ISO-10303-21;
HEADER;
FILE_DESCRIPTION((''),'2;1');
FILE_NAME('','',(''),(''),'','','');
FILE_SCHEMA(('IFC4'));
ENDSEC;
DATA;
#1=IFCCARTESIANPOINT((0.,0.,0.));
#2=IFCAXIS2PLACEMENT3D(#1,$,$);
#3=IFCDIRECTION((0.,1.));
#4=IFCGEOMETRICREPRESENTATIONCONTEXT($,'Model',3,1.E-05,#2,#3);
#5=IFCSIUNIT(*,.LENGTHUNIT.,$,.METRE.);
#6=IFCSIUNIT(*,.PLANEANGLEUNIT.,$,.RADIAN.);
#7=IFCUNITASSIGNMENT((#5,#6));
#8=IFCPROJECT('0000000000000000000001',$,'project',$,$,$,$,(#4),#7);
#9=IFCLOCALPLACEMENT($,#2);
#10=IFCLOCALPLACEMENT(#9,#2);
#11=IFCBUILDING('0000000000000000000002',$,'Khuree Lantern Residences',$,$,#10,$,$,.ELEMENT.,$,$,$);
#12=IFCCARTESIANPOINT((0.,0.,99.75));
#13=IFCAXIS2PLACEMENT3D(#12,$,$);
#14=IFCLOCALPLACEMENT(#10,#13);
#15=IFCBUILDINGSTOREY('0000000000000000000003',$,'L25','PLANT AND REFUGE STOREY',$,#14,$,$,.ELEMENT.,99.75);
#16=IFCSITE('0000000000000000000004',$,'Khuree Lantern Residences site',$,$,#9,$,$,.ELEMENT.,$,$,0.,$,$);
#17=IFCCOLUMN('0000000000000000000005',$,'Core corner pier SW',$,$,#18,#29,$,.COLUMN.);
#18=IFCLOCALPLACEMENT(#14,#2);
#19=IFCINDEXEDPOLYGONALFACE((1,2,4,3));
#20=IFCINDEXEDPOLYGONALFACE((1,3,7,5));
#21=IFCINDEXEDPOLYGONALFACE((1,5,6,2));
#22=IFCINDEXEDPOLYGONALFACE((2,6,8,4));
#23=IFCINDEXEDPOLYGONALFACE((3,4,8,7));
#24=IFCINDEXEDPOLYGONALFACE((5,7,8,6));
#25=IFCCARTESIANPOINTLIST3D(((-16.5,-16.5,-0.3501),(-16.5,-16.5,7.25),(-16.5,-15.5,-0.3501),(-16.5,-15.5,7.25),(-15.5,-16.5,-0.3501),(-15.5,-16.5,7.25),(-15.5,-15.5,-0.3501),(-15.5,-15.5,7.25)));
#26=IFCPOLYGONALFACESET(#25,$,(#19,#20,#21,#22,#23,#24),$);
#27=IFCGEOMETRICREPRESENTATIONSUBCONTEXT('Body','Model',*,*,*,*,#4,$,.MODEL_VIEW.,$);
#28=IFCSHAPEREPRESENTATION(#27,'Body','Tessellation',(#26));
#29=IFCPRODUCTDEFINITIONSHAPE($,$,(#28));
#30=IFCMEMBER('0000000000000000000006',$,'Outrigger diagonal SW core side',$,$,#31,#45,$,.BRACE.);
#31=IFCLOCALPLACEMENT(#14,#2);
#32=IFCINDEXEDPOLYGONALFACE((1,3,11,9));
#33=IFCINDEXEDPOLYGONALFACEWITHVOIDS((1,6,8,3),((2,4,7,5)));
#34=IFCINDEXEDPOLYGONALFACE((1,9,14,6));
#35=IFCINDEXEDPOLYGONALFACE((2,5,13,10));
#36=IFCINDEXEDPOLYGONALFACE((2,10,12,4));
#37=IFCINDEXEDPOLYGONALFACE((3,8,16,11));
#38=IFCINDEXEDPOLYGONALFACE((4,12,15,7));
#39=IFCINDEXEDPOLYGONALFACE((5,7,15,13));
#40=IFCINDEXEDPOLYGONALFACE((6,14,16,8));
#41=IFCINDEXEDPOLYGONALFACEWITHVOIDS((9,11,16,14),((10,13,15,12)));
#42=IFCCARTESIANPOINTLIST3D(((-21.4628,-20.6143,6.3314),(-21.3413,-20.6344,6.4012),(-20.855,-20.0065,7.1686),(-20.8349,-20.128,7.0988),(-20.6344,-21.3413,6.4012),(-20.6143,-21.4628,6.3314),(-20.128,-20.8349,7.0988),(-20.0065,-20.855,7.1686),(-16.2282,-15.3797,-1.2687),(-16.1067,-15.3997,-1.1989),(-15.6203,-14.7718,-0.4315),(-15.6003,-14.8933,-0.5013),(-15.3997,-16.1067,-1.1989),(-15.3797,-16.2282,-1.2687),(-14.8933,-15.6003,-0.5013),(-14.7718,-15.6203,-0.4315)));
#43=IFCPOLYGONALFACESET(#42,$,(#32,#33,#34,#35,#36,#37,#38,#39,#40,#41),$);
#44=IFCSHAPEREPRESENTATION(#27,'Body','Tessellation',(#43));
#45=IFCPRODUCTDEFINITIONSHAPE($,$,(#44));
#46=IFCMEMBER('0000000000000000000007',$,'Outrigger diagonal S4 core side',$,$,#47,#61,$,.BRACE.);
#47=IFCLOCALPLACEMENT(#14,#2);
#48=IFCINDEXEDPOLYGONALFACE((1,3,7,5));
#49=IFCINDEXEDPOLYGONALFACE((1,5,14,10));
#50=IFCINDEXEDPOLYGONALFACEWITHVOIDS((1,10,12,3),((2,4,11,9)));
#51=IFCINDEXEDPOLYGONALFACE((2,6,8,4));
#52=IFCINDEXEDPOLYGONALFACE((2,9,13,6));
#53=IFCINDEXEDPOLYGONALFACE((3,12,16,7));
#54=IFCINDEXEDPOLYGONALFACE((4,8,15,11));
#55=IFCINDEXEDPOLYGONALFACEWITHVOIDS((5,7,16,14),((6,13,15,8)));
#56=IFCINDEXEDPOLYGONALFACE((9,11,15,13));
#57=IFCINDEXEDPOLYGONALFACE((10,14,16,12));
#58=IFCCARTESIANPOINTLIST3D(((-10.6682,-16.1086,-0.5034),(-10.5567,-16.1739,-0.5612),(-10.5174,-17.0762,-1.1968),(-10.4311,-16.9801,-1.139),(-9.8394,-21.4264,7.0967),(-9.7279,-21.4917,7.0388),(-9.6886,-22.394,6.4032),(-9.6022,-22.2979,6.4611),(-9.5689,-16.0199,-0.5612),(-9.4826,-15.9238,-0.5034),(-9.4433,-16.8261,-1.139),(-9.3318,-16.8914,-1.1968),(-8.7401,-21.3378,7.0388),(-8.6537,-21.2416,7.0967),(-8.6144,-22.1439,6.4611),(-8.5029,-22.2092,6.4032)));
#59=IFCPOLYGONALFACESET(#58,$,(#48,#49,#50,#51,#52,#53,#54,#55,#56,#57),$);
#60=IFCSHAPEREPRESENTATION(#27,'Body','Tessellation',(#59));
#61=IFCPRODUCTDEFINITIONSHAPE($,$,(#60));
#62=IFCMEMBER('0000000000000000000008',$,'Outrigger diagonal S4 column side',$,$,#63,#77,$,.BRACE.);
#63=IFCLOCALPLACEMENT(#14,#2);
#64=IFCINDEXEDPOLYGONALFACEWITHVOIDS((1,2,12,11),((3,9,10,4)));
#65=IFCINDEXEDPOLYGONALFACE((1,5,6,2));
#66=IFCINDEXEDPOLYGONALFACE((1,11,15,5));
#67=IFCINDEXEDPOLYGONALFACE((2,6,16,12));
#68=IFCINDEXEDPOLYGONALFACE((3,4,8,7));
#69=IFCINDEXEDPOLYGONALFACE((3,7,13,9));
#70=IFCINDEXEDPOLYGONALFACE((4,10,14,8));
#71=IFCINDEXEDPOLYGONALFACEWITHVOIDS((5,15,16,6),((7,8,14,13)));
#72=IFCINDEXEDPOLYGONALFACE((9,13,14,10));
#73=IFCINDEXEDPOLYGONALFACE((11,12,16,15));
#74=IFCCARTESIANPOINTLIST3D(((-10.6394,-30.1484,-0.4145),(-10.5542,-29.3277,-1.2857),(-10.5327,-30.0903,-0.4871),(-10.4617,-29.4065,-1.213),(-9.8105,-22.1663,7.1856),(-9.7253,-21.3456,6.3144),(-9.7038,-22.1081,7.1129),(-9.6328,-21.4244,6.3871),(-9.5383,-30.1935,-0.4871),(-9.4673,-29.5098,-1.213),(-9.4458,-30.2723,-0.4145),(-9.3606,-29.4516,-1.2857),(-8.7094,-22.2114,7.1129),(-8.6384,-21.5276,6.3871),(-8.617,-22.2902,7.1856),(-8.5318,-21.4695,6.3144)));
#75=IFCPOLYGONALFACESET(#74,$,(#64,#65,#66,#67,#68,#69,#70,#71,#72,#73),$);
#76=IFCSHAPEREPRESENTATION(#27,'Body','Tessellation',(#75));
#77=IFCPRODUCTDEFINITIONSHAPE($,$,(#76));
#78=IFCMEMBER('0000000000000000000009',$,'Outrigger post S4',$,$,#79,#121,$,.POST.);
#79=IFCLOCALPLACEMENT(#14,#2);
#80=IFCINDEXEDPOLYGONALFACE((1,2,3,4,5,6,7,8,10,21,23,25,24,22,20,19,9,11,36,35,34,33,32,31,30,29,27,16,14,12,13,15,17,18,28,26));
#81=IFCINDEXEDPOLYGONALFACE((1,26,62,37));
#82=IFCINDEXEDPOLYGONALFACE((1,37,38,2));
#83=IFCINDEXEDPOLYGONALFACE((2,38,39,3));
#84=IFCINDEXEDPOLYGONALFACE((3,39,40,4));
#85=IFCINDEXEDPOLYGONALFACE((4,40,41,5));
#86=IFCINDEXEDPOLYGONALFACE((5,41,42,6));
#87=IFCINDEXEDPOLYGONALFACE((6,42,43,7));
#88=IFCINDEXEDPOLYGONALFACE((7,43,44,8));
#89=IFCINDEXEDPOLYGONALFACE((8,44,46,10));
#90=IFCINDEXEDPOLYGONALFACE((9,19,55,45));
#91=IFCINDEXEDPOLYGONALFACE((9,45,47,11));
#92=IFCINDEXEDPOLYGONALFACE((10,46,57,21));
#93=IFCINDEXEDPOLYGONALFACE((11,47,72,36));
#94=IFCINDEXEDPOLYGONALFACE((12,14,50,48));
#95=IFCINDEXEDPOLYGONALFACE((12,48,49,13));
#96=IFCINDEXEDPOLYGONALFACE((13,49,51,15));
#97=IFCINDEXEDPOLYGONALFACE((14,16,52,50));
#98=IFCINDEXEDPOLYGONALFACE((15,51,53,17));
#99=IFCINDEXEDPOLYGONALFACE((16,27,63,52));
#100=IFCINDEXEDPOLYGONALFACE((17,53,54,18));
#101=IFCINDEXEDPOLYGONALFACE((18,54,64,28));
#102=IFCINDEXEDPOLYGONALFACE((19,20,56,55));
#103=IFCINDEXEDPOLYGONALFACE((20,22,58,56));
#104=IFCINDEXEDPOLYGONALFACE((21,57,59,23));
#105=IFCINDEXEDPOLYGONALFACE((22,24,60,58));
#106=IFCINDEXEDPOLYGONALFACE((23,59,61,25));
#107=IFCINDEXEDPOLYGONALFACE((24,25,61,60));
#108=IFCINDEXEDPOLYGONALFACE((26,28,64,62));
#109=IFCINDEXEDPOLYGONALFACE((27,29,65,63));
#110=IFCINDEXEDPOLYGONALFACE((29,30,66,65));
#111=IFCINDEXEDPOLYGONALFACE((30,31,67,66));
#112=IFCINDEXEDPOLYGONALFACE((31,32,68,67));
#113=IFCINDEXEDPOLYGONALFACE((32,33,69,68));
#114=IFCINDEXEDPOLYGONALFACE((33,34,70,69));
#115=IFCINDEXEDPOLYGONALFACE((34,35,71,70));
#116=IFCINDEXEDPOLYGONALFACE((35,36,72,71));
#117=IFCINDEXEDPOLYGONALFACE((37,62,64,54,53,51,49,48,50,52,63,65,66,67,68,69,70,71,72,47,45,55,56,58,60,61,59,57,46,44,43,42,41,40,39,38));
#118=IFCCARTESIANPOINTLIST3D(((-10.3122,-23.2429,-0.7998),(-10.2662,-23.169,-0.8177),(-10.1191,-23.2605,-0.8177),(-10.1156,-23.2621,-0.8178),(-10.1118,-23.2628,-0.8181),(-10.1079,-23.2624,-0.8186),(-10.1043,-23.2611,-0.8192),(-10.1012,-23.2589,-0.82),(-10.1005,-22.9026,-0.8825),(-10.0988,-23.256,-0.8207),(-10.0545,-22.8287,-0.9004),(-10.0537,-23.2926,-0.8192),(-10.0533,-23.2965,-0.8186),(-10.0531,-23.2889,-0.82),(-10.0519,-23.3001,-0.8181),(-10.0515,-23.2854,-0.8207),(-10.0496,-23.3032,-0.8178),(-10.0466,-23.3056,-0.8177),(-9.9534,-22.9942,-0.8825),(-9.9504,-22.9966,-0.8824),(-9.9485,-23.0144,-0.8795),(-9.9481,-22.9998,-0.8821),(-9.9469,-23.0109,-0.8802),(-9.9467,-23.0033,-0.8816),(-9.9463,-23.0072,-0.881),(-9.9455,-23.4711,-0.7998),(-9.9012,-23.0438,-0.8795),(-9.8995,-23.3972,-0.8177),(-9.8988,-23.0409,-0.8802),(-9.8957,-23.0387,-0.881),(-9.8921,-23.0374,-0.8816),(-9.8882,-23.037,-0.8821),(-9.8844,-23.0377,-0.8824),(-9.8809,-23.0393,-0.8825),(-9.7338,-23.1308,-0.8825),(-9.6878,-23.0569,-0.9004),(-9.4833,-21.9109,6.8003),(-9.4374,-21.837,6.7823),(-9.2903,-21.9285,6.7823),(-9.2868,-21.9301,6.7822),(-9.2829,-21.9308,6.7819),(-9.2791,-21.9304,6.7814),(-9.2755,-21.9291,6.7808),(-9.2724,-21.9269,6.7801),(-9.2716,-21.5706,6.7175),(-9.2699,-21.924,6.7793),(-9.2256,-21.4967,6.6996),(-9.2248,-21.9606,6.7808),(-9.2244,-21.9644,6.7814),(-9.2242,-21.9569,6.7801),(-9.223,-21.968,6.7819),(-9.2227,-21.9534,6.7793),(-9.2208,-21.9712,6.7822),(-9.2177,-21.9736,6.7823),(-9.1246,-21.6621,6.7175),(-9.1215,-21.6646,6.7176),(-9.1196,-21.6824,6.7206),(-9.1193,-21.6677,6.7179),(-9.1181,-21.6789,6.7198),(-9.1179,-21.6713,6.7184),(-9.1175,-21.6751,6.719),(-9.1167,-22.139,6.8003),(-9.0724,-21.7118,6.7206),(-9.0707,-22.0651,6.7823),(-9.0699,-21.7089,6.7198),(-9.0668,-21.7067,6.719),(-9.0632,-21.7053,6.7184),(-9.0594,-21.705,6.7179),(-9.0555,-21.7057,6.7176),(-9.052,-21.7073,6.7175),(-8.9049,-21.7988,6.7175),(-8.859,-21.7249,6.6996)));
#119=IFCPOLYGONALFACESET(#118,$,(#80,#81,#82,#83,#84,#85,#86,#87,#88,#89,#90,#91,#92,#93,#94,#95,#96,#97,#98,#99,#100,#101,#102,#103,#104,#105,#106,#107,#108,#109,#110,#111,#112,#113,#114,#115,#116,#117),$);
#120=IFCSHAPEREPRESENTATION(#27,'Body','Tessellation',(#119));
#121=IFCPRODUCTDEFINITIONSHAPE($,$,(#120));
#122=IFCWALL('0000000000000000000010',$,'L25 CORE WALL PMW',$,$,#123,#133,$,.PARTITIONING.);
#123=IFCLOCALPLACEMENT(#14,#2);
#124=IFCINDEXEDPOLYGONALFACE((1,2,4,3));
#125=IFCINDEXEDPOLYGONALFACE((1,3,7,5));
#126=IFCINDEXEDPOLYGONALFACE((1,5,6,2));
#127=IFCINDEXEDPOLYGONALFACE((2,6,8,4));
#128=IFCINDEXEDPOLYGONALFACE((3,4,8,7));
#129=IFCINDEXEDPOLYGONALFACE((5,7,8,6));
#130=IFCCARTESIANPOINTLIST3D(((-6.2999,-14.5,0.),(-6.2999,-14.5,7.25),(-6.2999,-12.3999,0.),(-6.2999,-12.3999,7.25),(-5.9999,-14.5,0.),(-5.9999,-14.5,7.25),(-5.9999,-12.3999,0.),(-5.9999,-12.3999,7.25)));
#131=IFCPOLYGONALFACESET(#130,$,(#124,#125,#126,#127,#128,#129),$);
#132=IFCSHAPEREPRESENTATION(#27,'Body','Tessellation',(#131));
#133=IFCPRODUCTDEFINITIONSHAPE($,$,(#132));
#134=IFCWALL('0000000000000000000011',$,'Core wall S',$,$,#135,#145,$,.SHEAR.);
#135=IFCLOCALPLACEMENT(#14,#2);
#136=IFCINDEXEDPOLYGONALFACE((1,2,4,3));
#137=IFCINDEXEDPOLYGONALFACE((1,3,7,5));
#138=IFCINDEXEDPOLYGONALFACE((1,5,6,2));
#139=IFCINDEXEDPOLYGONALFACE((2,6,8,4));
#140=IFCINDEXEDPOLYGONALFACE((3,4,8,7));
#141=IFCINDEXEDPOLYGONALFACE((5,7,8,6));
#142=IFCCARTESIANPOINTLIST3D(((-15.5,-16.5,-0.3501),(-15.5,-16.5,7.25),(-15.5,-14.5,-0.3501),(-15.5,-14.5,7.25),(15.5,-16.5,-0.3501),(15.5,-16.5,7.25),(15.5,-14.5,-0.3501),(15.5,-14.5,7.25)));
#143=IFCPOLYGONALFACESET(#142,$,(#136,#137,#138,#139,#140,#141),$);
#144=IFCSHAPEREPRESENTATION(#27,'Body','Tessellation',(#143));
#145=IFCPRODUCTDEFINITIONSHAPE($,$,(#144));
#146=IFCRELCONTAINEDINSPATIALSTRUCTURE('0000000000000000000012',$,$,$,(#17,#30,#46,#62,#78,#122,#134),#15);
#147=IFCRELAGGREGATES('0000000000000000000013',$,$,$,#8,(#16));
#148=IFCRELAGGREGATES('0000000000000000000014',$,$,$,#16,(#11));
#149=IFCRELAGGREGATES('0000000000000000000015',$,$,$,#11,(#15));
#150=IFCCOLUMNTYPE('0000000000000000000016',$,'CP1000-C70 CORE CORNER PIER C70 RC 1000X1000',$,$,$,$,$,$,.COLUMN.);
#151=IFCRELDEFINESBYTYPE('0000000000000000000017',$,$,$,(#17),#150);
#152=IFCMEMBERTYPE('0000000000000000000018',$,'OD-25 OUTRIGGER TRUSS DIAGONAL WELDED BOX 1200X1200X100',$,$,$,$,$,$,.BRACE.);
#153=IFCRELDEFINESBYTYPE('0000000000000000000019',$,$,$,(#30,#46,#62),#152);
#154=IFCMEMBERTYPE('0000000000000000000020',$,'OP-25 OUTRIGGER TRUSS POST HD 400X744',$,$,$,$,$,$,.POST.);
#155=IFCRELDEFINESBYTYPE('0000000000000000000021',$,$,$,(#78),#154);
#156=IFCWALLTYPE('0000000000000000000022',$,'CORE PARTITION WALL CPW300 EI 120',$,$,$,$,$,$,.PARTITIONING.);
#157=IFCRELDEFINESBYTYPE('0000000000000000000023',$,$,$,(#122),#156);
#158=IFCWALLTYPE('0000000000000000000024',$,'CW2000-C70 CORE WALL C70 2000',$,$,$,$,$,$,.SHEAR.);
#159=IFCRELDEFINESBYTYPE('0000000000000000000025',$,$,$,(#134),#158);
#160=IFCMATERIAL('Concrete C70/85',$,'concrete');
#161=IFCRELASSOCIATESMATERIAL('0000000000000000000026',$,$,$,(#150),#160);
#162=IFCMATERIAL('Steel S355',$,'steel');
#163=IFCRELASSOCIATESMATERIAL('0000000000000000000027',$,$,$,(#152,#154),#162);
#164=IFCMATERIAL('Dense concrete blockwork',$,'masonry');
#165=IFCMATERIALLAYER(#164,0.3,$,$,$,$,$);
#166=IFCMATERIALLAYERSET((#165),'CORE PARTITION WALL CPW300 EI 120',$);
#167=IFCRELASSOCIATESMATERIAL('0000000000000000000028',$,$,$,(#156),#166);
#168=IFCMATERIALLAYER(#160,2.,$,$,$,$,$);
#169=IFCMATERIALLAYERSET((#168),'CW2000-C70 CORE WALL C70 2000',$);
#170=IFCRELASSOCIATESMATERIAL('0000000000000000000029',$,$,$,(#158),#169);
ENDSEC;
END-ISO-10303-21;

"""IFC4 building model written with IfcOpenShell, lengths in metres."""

from ifc_helpers import new_model, si_unit, direction, frame, frame_2d, origin, origin_2d, place, context, subcontext, project, spatial, rectangle, hollow_rectangle, i_section, extrude, material, layer, layer_set, material_profile, profile_set, type_object, element, save


model = new_model("IFC4")

# Units and contexts
model_context = context("Model", 3, precision=1e-05, world=origin(), true_north=direction((0.0, 1.0)))
body_context = subcontext(model_context, "Body", "Model", "MODEL_VIEW")
ifc_project = project(units=[si_unit("LENGTHUNIT", "METRE"), si_unit("PLANEANGLEUNIT", "RADIAN")], contexts=[model_context])

# Site, building, storey
site_placement = place(None, origin())
site = spatial("IfcSite", under=ifc_project, at=site_placement, Name="Khuree Lantern Residences site", CompositionType="ELEMENT", RefElevation=0.0)
building_placement = place(site_placement, origin())
building = spatial("IfcBuilding", under=site, at=building_placement, Name="Khuree Lantern Residences", CompositionType="ELEMENT")
storey_placement = place(building_placement, frame((0.0, 0.0, 99.75)))
storey = spatial("IfcBuildingStorey", under=building, at=storey_placement, Name="L25", Description="PLANT AND REFUGE STOREY", CompositionType="ELEMENT", Elevation=99.75)

# Column
ifc_material_1 = material(Name="Concrete C70/85", Category="concrete")
ifc_material_profile_1 = material_profile(ifc_material_1, rectangle(XDim=1.0, YDim=1.0, at=origin_2d()), Name="RC 1000X1000")
ifc_profile_set_1 = profile_set([ifc_material_profile_1], Name="Concrete C70/85")
column_type = type_object("IfcColumnType", Name="CP1000-C70 CORE CORNER PIER C70 RC 1000X1000", PredefinedType="COLUMN", material=ifc_profile_set_1)
column_placement = place(storey_placement, frame((-16.0, -16.0, -0.3501), z_axis=(0.0, 0.0, 1.0), x_axis=(1.0, 0.0, 0.0)))
element("IfcColumn", 1, at=column_placement, inside=storey, type_object=column_type, Name="Core corner pier SW", PredefinedType="COLUMN", context=body_context, shape_type="SweptSolid", body=[
    extrude(rectangle(XDim=1.0, YDim=1.0, at=origin_2d()), origin(), (0.0, 0.0, 1.0), 7.6001),
])

# Members
ifc_material_2 = material(Name="Steel S355", Category="steel")
ifc_material_profile_2 = material_profile(ifc_material_2, hollow_rectangle(XDim=1.2, YDim=1.2, WallThickness=0.1001, at=origin_2d()), Name="WELDED BOX 1200X1200X100")
ifc_profile_set_2 = profile_set([ifc_material_profile_2], Name="Steel S355")
member_type_1 = type_object("IfcMemberType", Name="OD-25 OUTRIGGER TRUSS DIAGONAL WELDED BOX 1200X1200X100", PredefinedType="BRACE", material=ifc_profile_set_2)
member_1_placement = place(storey_placement, frame((-15.5, -15.5, -0.8501), z_axis=(-0.493384, -0.493384, 0.71634), x_axis=(0.707107, -0.707107, 0.0)))
element("IfcMember", 2, at=member_1_placement, inside=storey, type_object=member_type_1, Name="Outrigger diagonal SW core side", PredefinedType="BRACE", context=body_context, shape_type="SweptSolid", body=[
    extrude(hollow_rectangle(XDim=1.2, YDim=1.2, WallThickness=0.1001, at=origin_2d()), origin(), (0.0, 0.0, 1.0), 10.6096),
])
member_2_placement = place(storey_placement, frame((-10.0, -16.5, -0.8501), z_axis=(0.089002, -0.571028, 0.816092), x_axis=(0.98807, 0.154003, 0.0)))
element("IfcMember", 3, at=member_2_placement, inside=storey, type_object=member_type_1, Name="Outrigger diagonal S4 core side", PredefinedType="BRACE", context=body_context, shape_type="SweptSolid", body=[
    extrude(hollow_rectangle(XDim=1.2, YDim=1.2, WallThickness=0.1001, at=origin_2d()), origin(), (0.0, 0.0, 1.0), 9.3127),
])
member_3_placement = place(storey_placement, frame((-9.1711, -21.8179, 6.75), z_axis=(-0.074991, -0.722188, -0.687619), x_axis=(0.994652, -0.103283, 0.0)))
element("IfcMember", 4, at=member_3_placement, inside=storey, type_object=member_type_1, Name="Outrigger diagonal S4 column side", PredefinedType="BRACE", context=body_context, shape_type="SweptSolid", body=[
    extrude(hollow_rectangle(XDim=1.2, YDim=1.2, WallThickness=0.1001, at=origin_2d()), origin(), (0.0, 0.0, 1.0), 11.0527),
])
ifc_material_profile_3 = material_profile(ifc_material_2, i_section(OverallWidth=0.4319, OverallDepth=0.498, WebThickness=0.0557, FlangeThickness=0.0889, FilletRadius=0.0149, at=origin_2d()), Name="HD 400X744")
ifc_profile_set_3 = profile_set([ifc_material_profile_3], Name="Steel S355")
member_type_2 = type_object("IfcMemberType", Name="OP-25 OUTRIGGER TRUSS POST HD 400X744", PredefinedType="POST", material=ifc_profile_set_3)
member_4_placement = place(storey_placement, frame((-10.0, -23.1499, -0.8501), z_axis=(0.106807, 0.171646, 0.979352), x_axis=(-0.849046, 0.528319, 0.0)))
element("IfcMember", 5, at=member_4_placement, inside=storey, type_object=member_type_2, Name="Outrigger post S4", PredefinedType="POST", context=body_context, shape_type="SweptSolid", body=[
    extrude(i_section(OverallWidth=0.4319, OverallDepth=0.498, WebThickness=0.0557, FlangeThickness=0.0889, FilletRadius=0.0149, at=origin_2d()), origin(), (0.0, 0.0, 1.0), 7.7603),
])

# Walls
ifc_material_3 = material(Name="Dense concrete blockwork", Category="masonry")
ifc_layer_1 = layer(ifc_material_3, 0.3)
ifc_layer_set_1 = layer_set([ifc_layer_1], Name="CORE PARTITION WALL CPW300 EI 120")
wall_type_1 = type_object("IfcWallType", Name="CORE PARTITION WALL CPW300 EI 120", PredefinedType="PARTITIONING", material=ifc_layer_set_1)
wall_1_placement = place(storey_placement, frame((-6.1499, -14.5, 0.0), z_axis=(0.0, 0.0, 1.0), x_axis=(0.0, 1.0, 0.0)))
element("IfcWall", 6, at=wall_1_placement, inside=storey, type_object=wall_type_1, Name="L25 CORE WALL PMW", PredefinedType="PARTITIONING", context=body_context, shape_type="SweptSolid", body=[
    extrude(rectangle(XDim=2.1001, YDim=0.3, at=frame_2d((1.05, 0.0))), origin(), (0.0, 0.0, 1.0), 7.25),
])
ifc_layer_2 = layer(ifc_material_1, 2.0)
ifc_layer_set_2 = layer_set([ifc_layer_2], Name="CW2000-C70 CORE WALL C70 2000")
wall_type_2 = type_object("IfcWallType", Name="CW2000-C70 CORE WALL C70 2000", PredefinedType="SHEAR", material=ifc_layer_set_2)
wall_2_placement = place(storey_placement, frame((-15.5, -15.5, -0.3501), z_axis=(0.0, 0.0, 1.0), x_axis=(1.0, 0.0, 0.0)))
element("IfcWall", 7, at=wall_2_placement, inside=storey, type_object=wall_type_2, Name="Core wall S", PredefinedType="SHEAR", context=body_context, shape_type="SweptSolid", body=[
    extrude(rectangle(XDim=31.0, YDim=2.0, at=frame_2d((15.5, 0.0))), origin(), (0.0, 0.0, 1.0), 7.6001),
])

save(model, "model.ifc")
